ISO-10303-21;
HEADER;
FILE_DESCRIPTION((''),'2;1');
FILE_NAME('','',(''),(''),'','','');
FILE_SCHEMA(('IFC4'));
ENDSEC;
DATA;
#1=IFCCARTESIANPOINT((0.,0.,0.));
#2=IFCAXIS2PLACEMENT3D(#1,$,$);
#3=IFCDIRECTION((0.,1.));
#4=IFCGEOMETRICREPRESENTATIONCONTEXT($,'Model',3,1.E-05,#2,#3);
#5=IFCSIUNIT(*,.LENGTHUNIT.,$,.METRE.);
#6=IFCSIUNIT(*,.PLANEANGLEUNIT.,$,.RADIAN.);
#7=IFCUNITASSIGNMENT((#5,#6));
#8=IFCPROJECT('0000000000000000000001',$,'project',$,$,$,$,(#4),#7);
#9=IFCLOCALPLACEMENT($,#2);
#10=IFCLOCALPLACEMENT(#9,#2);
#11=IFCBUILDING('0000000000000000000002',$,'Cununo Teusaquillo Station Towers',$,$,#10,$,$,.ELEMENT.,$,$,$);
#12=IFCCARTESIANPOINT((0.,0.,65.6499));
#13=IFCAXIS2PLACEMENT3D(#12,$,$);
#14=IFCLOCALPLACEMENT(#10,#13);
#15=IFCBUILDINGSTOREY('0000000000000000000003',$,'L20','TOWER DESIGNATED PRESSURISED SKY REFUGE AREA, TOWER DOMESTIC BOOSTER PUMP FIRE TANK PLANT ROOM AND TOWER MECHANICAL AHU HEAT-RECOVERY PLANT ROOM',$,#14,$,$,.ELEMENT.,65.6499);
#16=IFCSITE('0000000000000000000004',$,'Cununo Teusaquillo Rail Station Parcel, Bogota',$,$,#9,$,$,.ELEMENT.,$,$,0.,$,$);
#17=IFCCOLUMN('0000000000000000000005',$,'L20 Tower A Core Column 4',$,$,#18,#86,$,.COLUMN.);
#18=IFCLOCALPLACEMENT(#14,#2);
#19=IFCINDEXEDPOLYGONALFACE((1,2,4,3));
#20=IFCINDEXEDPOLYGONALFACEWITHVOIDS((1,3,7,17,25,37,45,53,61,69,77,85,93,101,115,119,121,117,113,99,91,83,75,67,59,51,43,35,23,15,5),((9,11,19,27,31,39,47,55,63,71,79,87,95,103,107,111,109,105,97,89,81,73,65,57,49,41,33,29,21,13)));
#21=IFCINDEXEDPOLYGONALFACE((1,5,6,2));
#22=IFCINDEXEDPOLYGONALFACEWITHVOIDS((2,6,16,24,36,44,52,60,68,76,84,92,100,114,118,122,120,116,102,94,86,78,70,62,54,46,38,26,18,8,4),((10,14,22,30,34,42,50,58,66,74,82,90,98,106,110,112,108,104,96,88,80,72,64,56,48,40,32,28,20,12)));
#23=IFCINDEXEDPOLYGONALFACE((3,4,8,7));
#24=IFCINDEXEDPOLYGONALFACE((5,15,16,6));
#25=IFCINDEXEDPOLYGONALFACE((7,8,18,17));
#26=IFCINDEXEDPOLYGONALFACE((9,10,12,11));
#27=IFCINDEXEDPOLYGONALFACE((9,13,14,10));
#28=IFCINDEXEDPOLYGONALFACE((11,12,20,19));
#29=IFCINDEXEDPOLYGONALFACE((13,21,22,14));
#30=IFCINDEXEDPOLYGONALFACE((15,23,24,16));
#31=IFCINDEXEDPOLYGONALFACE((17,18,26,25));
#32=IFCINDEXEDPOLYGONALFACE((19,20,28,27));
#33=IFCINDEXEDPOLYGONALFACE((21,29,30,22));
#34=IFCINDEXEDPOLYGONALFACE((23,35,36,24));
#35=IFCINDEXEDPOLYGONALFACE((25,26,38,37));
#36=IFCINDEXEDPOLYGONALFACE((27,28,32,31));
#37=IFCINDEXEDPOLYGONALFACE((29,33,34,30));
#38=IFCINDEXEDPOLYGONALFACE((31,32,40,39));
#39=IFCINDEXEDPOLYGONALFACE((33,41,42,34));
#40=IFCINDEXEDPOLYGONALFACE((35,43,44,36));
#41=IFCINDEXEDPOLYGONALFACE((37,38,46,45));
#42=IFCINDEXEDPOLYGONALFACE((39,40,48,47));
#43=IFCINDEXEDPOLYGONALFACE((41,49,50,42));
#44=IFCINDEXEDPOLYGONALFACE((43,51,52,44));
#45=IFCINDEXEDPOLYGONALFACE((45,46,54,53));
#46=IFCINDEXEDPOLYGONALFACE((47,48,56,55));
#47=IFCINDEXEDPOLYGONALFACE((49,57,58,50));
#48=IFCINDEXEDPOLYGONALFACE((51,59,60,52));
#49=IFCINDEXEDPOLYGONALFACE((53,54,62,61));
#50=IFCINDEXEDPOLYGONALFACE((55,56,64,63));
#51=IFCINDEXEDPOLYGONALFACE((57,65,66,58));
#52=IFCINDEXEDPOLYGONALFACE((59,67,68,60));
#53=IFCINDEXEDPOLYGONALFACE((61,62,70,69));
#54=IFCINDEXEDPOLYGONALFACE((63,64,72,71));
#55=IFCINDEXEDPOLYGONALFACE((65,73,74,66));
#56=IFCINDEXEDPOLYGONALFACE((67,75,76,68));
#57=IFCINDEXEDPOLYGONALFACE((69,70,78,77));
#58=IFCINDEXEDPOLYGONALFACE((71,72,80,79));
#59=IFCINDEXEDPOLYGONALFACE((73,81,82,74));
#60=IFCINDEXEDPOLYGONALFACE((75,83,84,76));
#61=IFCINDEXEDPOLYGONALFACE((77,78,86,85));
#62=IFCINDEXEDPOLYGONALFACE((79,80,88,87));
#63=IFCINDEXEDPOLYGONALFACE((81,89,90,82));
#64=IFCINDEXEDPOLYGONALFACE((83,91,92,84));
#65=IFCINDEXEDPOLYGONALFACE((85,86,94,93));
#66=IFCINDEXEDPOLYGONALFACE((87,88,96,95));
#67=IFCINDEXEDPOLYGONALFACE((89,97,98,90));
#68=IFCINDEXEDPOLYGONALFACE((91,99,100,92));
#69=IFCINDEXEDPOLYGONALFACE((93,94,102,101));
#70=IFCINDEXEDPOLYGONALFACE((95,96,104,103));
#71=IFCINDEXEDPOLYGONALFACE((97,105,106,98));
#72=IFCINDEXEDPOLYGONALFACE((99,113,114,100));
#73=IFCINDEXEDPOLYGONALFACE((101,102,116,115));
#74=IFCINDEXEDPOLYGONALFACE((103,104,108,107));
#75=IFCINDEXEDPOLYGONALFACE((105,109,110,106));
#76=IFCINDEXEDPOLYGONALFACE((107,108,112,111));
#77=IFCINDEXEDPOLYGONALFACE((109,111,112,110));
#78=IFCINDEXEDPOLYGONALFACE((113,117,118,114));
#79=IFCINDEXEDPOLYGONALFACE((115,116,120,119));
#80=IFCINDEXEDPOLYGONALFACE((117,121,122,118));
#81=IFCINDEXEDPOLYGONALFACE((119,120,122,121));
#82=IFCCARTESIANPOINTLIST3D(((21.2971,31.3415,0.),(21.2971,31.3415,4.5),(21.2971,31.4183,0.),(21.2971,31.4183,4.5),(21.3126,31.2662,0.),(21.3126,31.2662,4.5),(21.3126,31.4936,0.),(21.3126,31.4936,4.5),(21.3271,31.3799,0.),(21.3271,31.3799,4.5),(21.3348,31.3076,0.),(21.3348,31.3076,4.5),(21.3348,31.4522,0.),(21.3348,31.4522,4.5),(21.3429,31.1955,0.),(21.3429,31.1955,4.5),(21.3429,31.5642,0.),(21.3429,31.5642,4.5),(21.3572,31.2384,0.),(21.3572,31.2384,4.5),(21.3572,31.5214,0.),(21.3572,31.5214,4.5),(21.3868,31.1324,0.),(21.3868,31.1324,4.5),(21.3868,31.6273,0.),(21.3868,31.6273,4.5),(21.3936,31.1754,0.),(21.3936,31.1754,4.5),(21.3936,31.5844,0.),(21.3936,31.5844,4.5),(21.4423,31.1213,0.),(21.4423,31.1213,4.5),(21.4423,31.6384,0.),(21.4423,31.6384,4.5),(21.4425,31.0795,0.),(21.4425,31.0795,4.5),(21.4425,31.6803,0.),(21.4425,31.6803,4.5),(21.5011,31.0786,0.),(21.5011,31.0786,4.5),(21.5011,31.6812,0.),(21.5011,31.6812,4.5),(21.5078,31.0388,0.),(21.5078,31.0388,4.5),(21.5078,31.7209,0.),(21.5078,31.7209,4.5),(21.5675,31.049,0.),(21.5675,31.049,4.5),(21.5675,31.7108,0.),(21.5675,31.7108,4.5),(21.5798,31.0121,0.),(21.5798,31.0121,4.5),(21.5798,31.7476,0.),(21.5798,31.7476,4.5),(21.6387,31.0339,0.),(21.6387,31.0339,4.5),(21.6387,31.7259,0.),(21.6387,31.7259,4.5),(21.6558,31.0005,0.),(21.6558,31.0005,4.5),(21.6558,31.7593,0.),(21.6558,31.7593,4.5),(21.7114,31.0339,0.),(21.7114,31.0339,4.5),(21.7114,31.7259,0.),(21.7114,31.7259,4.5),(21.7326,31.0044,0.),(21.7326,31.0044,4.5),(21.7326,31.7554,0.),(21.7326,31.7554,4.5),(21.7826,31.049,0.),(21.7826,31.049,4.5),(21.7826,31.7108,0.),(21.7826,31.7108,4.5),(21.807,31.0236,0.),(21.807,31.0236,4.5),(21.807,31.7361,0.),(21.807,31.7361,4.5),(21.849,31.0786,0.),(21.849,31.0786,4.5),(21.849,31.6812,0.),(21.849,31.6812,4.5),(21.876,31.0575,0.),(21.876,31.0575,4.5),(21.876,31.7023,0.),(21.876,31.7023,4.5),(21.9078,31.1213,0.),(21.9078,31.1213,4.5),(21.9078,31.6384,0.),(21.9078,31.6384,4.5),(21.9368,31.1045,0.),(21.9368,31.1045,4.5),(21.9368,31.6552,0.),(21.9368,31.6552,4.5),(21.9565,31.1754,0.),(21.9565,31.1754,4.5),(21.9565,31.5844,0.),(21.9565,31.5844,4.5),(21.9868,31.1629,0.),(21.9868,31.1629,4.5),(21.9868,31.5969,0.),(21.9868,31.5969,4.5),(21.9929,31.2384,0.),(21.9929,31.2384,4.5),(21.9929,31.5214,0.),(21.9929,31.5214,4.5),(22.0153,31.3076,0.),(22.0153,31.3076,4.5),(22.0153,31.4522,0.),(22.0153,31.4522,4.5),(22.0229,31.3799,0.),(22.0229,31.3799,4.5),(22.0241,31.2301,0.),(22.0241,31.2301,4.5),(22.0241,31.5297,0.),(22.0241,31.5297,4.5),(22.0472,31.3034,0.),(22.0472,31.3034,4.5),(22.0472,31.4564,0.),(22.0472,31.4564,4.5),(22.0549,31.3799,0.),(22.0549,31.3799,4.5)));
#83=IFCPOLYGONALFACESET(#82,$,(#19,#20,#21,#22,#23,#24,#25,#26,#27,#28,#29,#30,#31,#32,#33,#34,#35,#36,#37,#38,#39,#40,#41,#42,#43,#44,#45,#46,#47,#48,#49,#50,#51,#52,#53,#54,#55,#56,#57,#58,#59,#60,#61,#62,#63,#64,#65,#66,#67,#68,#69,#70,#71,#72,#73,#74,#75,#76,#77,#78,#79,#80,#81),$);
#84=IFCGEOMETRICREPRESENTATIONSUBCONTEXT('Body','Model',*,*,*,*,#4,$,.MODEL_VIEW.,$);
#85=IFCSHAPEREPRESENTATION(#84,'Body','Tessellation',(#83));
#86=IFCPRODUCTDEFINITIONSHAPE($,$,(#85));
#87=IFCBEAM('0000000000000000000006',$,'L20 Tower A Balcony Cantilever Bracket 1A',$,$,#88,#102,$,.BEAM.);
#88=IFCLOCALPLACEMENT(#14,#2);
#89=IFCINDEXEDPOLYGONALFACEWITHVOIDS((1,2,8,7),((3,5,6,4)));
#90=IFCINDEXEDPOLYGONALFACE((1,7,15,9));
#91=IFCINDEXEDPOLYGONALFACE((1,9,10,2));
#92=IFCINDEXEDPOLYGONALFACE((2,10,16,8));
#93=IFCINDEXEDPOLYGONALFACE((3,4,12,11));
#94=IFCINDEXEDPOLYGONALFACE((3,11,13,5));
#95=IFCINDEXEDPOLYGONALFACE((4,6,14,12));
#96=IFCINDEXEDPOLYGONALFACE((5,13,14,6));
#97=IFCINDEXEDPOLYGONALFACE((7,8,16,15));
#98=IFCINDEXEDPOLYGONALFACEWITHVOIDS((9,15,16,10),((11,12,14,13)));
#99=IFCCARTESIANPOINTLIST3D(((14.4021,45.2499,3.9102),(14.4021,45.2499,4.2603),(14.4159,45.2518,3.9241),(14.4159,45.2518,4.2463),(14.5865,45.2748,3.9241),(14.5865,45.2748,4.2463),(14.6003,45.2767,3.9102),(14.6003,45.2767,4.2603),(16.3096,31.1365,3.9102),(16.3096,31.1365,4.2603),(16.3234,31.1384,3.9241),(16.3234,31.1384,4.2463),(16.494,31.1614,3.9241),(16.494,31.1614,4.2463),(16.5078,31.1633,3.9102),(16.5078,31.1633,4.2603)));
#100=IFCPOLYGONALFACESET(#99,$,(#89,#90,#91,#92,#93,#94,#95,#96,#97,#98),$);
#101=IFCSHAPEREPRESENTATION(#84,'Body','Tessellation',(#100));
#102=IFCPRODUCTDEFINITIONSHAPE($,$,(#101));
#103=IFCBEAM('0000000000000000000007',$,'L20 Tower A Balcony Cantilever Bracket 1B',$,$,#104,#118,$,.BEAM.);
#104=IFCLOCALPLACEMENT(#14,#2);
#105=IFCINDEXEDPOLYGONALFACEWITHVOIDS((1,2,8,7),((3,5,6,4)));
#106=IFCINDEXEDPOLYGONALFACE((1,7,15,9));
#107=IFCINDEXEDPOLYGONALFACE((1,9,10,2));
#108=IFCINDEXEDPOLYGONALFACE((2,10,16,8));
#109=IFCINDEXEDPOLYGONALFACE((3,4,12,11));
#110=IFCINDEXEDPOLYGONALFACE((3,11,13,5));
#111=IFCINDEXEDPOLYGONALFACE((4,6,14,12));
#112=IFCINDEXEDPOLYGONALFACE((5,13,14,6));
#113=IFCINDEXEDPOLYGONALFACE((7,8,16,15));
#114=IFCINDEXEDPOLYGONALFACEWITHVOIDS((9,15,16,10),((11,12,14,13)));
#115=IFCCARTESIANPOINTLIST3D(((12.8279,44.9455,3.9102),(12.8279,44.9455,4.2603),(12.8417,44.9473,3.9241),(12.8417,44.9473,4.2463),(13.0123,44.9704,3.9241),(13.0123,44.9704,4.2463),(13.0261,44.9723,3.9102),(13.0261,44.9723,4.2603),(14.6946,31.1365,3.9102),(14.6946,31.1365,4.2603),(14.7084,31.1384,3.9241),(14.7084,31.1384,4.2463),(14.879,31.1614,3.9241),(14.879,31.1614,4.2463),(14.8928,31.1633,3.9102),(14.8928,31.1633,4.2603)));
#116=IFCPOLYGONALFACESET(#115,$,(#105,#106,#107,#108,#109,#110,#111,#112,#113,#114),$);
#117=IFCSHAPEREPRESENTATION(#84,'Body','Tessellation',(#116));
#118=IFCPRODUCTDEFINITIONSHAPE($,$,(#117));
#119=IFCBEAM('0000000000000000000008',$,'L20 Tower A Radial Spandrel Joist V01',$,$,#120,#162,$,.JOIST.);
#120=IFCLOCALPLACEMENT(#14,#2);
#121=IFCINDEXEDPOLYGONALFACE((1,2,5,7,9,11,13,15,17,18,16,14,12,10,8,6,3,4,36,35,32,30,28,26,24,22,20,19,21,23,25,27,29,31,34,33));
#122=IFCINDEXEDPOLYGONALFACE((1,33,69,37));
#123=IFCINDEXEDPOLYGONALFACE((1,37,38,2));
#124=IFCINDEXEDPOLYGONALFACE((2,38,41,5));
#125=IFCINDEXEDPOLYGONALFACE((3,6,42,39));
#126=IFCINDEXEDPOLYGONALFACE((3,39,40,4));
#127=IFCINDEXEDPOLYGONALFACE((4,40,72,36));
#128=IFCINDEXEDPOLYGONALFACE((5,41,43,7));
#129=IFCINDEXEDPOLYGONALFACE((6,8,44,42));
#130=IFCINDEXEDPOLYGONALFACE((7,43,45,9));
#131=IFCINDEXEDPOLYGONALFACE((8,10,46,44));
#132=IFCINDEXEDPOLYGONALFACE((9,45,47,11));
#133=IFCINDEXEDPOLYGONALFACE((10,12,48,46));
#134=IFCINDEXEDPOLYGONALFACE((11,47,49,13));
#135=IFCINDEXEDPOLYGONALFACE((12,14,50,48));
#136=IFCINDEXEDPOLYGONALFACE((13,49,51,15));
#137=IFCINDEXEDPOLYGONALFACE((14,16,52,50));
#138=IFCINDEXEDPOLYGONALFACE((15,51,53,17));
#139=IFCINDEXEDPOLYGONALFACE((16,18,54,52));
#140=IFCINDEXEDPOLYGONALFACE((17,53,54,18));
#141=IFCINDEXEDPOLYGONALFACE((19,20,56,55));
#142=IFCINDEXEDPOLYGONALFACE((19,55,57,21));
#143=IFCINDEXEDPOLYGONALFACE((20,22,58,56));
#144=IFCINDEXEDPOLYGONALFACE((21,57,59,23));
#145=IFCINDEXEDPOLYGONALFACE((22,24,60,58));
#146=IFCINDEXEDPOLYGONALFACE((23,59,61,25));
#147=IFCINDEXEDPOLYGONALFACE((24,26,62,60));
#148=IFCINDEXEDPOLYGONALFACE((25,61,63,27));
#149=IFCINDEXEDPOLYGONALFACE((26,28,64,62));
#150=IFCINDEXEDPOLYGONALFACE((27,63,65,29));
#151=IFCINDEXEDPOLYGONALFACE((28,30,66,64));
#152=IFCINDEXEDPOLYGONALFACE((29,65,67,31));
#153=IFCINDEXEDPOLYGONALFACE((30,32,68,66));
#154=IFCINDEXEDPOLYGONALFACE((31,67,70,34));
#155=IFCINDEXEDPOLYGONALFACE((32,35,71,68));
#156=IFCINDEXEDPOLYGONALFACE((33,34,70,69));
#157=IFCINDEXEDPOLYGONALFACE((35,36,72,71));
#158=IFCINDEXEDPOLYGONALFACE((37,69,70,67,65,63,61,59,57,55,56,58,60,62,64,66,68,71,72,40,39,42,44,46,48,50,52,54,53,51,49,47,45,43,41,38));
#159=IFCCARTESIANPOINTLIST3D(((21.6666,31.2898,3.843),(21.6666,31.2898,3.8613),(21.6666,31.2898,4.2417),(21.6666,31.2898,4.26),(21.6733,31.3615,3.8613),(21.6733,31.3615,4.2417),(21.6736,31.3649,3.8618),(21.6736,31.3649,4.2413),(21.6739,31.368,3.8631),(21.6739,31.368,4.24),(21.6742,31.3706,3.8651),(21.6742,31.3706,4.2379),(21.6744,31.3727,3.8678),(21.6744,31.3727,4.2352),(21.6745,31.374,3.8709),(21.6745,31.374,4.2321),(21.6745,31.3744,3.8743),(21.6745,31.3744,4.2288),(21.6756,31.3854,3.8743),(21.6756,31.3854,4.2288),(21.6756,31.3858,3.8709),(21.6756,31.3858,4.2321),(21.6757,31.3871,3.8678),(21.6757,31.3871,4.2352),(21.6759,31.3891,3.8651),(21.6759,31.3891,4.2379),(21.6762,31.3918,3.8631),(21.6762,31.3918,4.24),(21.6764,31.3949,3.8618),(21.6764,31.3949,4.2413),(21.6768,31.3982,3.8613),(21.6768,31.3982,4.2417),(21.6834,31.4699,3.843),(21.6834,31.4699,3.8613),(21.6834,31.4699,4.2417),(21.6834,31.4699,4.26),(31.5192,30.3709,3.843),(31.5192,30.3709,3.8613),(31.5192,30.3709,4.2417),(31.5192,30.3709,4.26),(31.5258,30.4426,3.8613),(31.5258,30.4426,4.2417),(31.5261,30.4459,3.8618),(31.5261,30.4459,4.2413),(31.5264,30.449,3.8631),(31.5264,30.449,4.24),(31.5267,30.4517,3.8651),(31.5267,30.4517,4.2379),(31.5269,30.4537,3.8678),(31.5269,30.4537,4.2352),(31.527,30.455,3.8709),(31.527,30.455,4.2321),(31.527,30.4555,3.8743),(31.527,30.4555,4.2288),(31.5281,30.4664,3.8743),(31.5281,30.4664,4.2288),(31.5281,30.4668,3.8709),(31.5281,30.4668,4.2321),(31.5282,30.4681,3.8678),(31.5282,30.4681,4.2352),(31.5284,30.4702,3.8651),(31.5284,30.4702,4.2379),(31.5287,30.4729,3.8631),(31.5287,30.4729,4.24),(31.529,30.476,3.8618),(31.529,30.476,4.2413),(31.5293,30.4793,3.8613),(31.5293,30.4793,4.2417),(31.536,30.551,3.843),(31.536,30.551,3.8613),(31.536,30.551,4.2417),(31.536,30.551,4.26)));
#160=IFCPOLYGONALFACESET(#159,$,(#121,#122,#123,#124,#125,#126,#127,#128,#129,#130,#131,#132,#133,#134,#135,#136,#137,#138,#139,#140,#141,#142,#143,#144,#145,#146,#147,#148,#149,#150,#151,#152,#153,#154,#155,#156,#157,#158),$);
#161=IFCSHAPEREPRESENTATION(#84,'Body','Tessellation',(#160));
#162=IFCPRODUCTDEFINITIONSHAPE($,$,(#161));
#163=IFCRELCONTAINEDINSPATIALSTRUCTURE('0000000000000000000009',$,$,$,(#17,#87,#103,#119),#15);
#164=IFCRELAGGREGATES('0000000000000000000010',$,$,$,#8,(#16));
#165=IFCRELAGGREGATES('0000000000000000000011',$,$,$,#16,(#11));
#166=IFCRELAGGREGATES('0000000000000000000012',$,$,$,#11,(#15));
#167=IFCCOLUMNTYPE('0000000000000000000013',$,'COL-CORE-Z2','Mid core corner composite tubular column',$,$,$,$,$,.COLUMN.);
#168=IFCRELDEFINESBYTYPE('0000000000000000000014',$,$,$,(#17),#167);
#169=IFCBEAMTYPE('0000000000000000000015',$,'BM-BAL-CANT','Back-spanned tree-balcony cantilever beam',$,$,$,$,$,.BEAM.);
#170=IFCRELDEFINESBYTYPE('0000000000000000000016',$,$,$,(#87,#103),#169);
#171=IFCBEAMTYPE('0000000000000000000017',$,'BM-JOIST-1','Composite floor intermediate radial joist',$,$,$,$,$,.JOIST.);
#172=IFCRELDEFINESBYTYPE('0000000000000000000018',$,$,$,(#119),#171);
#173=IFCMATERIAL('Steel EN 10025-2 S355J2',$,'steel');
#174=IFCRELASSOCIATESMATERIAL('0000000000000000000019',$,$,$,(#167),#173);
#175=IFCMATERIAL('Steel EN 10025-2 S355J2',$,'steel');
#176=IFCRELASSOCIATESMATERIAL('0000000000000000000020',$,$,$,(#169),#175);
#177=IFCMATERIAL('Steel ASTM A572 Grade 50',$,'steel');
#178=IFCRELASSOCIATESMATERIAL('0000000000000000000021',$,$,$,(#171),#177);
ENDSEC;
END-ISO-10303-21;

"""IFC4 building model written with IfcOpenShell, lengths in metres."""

from ifc_helpers import new_model, si_unit, direction, frame, origin, origin_2d, place, context, subcontext, project, spatial, hollow_rectangle, hollow_circle, i_section, extrude, material, material_profile, profile_set, type_object, element, save


model = new_model("IFC4")

# Units and contexts
model_context = context("Model", 3, precision=1e-05, world=origin(), true_north=direction((0.0, 1.0)))
body_context = subcontext(model_context, "Body", "Model", "MODEL_VIEW")
ifc_project = project(units=[si_unit("LENGTHUNIT", "METRE"), si_unit("PLANEANGLEUNIT", "RADIAN")], contexts=[model_context])

# Site, building, storey
site_placement = place(None, origin())
site = spatial("IfcSite", under=ifc_project, at=site_placement, Name="Cununo Teusaquillo Rail Station Parcel, Bogota", CompositionType="ELEMENT", RefElevation=0.0)
building_placement = place(site_placement, origin())
building = spatial("IfcBuilding", under=site, at=building_placement, Name="Cununo Teusaquillo Station Towers", CompositionType="ELEMENT")
storey_placement = place(building_placement, frame((0.0, 0.0, 65.6499)))
storey = spatial("IfcBuildingStorey", under=building, at=storey_placement, Name="L20", Description="TOWER DESIGNATED PRESSURISED SKY REFUGE AREA, TOWER DOMESTIC BOOSTER PUMP FIRE TANK PLANT ROOM AND TOWER MECHANICAL AHU HEAT-RECOVERY PLANT ROOM", CompositionType="ELEMENT", Elevation=65.6499)

# Column
ifc_material_1 = material(Name="Steel EN 10025-2 S355J2", Category="steel")
ifc_material_profile_1 = material_profile(ifc_material_1, hollow_circle(Radius=0.3799, WallThickness=0.032, at=origin_2d()), Name="CHS 760x32")
ifc_profile_set_1 = profile_set([ifc_material_profile_1], Name="Steel EN 10025-2 S355J2")
column_type = type_object("IfcColumnType", Name="COL-CORE-Z2", Description="Mid core corner composite tubular column", PredefinedType="COLUMN", material=ifc_profile_set_1)
column_placement = place(storey_placement, frame((21.675, 31.3799, 0.0), z_axis=(0.0, 0.0, 1.0), x_axis=(1.0, 0.0, 0.0)))
element("IfcColumn", 1, at=column_placement, inside=storey, type_object=column_type, Name="L20 Tower A Core Column 4", PredefinedType="COLUMN", context=body_context, shape_type="SweptSolid", body=[
    extrude(hollow_circle(Radius=0.3799, WallThickness=0.032, at=origin_2d()), origin(), (0.0, 0.0, 1.0), 4.5),
])

# Beams
ifc_material_2 = material(Name="Steel EN 10025-2 S355J2", Category="steel")
ifc_material_profile_2 = material_profile(ifc_material_2, hollow_rectangle(XDim=0.2, YDim=0.3501, WallThickness=0.0139, at=origin_2d()), Name="RHS 350x200x14")
ifc_profile_set_2 = profile_set([ifc_material_profile_2], Name="Steel EN 10025-2 S355J2")
beam_type_1 = type_object("IfcBeamType", Name="BM-BAL-CANT", Description="Back-spanned tree-balcony cantilever beam", PredefinedType="BEAM", material=ifc_profile_set_2)
beam_1_placement = place(storey_placement, frame((16.4087, 31.1499, 4.0852), z_axis=(-0.133937, 0.99099, 0.0), x_axis=(-0.99099, -0.133937, 0.0)))
element("IfcBeam", 2, at=beam_1_placement, inside=storey, type_object=beam_type_1, Name="L20 Tower A Balcony Cantilever Bracket 1A", PredefinedType="BEAM", context=body_context, shape_type="SweptSolid", body=[
    extrude(hollow_rectangle(XDim=0.2, YDim=0.3501, WallThickness=0.0139, at=origin_2d()), origin(), (0.0, 0.0, 1.0), 14.2417),
])
beam_2_placement = place(storey_placement, frame((14.7937, 31.1499, 4.0852), z_axis=(-0.133961, 0.990987, 0.0), x_axis=(-0.990987, -0.133961, 0.0)))
element("IfcBeam", 3, at=beam_2_placement, inside=storey, type_object=beam_type_1, Name="L20 Tower A Balcony Cantilever Bracket 1B", PredefinedType="BEAM", context=body_context, shape_type="SweptSolid", body=[
    extrude(hollow_rectangle(XDim=0.2, YDim=0.3501, WallThickness=0.0139, at=origin_2d()), origin(), (0.0, 0.0, 1.0), 13.9346),
])
ifc_material_3 = material(Name="Steel ASTM A572 Grade 50", Category="steel")
ifc_material_profile_3 = material_profile(ifc_material_3, i_section(OverallWidth=0.1809, OverallDepth=0.417, WebThickness=0.011, FlangeThickness=0.0183, FilletRadius=0.0129, at=origin_2d()), Name="W16X57")
ifc_profile_set_3 = profile_set([ifc_material_profile_3], Name="Steel ASTM A572 Grade 50")
beam_type_2 = type_object("IfcBeamType", Name="BM-JOIST-1", Description="Composite floor intermediate radial joist", PredefinedType="JOIST", material=ifc_profile_set_3)
beam_3_placement = place(storey_placement, frame((21.675, 31.3799, 4.0515), z_axis=(0.995679, -0.092867, 0.0), x_axis=(0.092867, 0.995679, 0.0)))
element("IfcBeam", 4, at=beam_3_placement, inside=storey, type_object=beam_type_2, Name="L20 Tower A Radial Spandrel Joist V01", PredefinedType="JOIST", context=body_context, shape_type="SweptSolid", body=[
    extrude(i_section(OverallWidth=0.1809, OverallDepth=0.417, WebThickness=0.011, FlangeThickness=0.0183, FilletRadius=0.0129, at=origin_2d()), origin(), (0.0, 0.0, 1.0), 9.8953),
])

save(model, "model.ifc")
